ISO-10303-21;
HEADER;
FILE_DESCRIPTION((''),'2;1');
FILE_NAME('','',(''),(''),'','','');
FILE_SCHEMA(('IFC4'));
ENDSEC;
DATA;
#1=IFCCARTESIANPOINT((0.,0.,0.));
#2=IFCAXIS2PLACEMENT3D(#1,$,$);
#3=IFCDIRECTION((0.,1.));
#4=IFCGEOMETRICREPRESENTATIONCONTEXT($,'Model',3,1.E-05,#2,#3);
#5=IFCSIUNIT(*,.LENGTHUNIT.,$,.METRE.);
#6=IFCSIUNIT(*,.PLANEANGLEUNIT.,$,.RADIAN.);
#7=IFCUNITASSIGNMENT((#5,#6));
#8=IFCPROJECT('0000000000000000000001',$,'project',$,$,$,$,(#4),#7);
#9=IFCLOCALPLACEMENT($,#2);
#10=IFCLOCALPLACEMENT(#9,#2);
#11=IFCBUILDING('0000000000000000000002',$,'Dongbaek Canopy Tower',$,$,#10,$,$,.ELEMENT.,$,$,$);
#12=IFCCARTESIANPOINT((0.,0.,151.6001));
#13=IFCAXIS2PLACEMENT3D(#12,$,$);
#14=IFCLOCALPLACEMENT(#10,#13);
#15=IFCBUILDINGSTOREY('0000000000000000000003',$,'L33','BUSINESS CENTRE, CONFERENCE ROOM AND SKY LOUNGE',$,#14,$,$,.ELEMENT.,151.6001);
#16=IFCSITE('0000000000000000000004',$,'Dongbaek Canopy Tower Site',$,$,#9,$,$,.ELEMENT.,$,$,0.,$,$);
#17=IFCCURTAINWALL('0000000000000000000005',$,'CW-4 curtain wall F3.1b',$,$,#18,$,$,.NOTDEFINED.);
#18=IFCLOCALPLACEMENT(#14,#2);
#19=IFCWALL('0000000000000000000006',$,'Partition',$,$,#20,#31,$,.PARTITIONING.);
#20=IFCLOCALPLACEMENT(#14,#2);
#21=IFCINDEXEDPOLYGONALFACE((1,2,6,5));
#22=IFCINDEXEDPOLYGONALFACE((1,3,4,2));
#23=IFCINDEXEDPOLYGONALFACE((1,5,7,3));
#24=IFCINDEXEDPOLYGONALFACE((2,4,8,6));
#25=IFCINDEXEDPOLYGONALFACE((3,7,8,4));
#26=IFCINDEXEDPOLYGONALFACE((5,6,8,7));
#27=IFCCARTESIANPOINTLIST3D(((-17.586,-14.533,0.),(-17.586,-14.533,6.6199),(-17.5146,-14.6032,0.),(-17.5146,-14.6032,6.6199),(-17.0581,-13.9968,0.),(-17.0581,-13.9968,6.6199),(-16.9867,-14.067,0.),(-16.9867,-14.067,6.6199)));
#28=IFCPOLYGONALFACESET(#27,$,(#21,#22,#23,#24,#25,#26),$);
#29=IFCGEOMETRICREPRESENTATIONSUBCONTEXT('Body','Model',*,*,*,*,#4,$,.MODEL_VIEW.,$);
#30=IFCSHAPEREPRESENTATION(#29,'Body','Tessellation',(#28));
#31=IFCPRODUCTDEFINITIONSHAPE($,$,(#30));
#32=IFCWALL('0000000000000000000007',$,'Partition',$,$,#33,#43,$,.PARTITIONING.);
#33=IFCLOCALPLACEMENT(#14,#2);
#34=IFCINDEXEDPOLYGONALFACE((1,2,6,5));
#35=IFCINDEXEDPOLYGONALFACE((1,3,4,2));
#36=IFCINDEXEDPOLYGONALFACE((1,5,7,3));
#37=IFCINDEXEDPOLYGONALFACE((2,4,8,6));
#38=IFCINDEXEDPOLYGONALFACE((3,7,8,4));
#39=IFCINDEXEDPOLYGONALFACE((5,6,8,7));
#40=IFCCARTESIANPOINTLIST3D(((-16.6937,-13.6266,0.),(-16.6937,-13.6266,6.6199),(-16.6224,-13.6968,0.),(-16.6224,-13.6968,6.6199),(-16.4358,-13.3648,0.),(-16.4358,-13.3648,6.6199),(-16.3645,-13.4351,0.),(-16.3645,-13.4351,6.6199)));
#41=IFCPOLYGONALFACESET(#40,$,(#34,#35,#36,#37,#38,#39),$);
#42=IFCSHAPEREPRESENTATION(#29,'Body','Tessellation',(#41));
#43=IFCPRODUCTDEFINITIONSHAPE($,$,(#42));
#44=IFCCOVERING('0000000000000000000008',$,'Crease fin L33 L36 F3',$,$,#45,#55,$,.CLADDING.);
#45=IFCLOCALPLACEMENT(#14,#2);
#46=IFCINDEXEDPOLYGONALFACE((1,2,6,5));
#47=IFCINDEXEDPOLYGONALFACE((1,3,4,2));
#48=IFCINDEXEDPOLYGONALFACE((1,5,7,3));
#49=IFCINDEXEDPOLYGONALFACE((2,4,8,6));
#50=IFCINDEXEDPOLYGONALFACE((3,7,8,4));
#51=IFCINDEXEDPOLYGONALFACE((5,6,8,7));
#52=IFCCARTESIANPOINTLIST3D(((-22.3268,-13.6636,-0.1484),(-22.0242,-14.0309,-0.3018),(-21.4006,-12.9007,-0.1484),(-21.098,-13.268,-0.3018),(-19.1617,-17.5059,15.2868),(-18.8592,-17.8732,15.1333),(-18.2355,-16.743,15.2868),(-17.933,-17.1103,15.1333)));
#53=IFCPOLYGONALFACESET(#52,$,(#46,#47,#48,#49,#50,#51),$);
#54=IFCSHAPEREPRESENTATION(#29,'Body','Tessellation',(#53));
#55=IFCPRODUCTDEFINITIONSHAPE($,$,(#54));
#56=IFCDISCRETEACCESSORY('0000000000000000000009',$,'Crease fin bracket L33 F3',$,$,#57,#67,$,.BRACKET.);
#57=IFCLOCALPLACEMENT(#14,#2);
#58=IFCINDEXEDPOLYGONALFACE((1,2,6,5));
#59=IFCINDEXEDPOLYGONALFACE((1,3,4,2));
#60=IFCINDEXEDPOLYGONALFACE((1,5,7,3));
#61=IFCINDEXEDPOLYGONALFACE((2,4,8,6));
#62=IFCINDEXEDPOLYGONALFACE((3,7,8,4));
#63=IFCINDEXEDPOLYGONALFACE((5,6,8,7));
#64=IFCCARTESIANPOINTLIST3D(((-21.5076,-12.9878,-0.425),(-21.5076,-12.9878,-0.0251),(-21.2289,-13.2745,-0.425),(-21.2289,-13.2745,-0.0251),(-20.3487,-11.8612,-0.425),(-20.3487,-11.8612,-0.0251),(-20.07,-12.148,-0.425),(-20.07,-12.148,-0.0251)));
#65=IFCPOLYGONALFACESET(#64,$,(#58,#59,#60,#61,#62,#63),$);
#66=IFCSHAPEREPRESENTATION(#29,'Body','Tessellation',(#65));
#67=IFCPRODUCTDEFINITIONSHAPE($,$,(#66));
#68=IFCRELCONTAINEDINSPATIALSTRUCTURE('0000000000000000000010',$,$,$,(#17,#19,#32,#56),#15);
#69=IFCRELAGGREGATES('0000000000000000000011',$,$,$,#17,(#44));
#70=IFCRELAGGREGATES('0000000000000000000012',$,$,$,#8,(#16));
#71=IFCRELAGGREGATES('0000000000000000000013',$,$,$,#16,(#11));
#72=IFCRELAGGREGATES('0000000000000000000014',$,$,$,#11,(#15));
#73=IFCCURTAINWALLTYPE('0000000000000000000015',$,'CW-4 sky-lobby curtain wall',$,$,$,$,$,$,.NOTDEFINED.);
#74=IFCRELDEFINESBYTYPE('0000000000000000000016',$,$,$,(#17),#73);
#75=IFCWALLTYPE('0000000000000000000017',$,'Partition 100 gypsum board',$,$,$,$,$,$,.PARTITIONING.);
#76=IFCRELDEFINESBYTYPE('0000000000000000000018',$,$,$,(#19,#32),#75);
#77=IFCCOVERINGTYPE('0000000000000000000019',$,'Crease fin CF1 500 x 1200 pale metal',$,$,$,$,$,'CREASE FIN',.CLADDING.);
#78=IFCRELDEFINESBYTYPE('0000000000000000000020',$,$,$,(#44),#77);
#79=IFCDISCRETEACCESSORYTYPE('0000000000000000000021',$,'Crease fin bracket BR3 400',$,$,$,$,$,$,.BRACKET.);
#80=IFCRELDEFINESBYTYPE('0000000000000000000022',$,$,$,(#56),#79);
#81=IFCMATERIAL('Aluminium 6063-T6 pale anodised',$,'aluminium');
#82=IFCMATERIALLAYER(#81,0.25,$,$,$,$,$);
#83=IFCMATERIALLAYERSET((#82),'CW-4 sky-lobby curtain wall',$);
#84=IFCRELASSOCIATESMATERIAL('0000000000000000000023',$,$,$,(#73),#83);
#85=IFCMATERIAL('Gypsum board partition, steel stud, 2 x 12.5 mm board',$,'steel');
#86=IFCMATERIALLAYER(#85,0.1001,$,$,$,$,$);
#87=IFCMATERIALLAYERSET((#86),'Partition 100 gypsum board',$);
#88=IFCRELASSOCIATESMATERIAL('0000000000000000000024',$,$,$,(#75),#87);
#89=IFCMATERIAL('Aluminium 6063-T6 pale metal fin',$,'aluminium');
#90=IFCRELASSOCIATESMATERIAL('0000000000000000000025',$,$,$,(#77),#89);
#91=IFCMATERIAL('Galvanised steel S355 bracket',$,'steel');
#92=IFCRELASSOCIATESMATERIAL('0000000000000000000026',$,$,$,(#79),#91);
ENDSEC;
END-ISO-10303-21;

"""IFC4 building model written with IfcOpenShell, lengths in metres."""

from ifc_helpers import new_model, si_unit, direction, frame, frame_2d, origin, origin_2d, place, context, subcontext, project, spatial, rectangle, extrude, material, layer, layer_set, material_profile, profile_set, type_object, element, aggregate, save


model = new_model("IFC4")

# Units and contexts
model_context = context("Model", 3, precision=1e-05, world=origin(), true_north=direction((0.0, 1.0)))
body_context = subcontext(model_context, "Body", "Model", "MODEL_VIEW")
ifc_project = project(units=[si_unit("LENGTHUNIT", "METRE"), si_unit("PLANEANGLEUNIT", "RADIAN")], contexts=[model_context])

# Site, building, storey
site_placement = place(None, origin())
site = spatial("IfcSite", under=ifc_project, at=site_placement, Name="Dongbaek Canopy Tower Site", CompositionType="ELEMENT", RefElevation=0.0)
building_placement = place(site_placement, origin())
building = spatial("IfcBuilding", under=site, at=building_placement, Name="Dongbaek Canopy Tower", CompositionType="ELEMENT")
storey_placement = place(building_placement, frame((0.0, 0.0, 151.6001)))
storey = spatial("IfcBuildingStorey", under=building, at=storey_placement, Name="L33", Description="BUSINESS CENTRE, CONFERENCE ROOM AND SKY LOUNGE", CompositionType="ELEMENT", Elevation=151.6001)

# Shared definitions
ifc_material_1 = material(Name="Aluminium 6063-T6 pale anodised", Category="aluminium")
ifc_layer_1 = layer(ifc_material_1, 0.25)
ifc_layer_set_1 = layer_set([ifc_layer_1], Name="CW-4 sky-lobby curtain wall")
curtain_wall_type = type_object("IfcCurtainWallType", Name="CW-4 sky-lobby curtain wall", PredefinedType="NOTDEFINED", material=ifc_layer_set_1)

# Curtain wall
curtain_wall_1_placement = place(storey_placement, origin())
curtain_wall_1 = element("IfcCurtainWall", 1, at=curtain_wall_1_placement, inside=storey, type_object=curtain_wall_type, Name="CW-4 curtain wall F3.1b", PredefinedType="NOTDEFINED")

# Walls
ifc_material_2 = material(Name="Gypsum board partition, steel stud, 2 x 12.5 mm board", Category="steel")
ifc_layer_2 = layer(ifc_material_2, 0.1001)
ifc_layer_set_2 = layer_set([ifc_layer_2], Name="Partition 100 gypsum board")
wall_type_1 = type_object("IfcWallType", Name="Partition 100 gypsum board", PredefinedType="PARTITIONING", material=ifc_layer_set_2)
wall_1_placement = place(storey_placement, frame((-17.5503, -14.5681, 0.0), z_axis=(0.0, 0.0, 1.0), x_axis=(0.701569, 0.712602, 0.0)))
element("IfcWall", 2, at=wall_1_placement, inside=storey, type_object=wall_type_1, Name="Partition", PredefinedType="PARTITIONING", context=body_context, shape_type="SweptSolid", body=[
    extrude(rectangle(XDim=0.7524, YDim=0.1001, at=frame_2d((0.3762, 0.0))), origin(), (0.0, 0.0, 1.0), 6.6199),
])
wall_2_placement = place(storey_placement, frame((-16.658, -13.6616, 0.0), z_axis=(0.0, 0.0, 1.0), x_axis=(0.70177, 0.712403, 0.0)))
element("IfcWall", 3, at=wall_2_placement, inside=storey, type_object=wall_type_1, Name="Partition", PredefinedType="PARTITIONING", context=body_context, shape_type="SweptSolid", body=[
    extrude(rectangle(XDim=0.3674, YDim=0.1001, at=frame_2d((0.1836, 0.0))), origin(), (0.0, 0.0, 1.0), 6.6199),
])

# Covering
ifc_material_3 = material(Name="Aluminium 6063-T6 pale metal fin", Category="aluminium")
ifc_material_profile_1 = material_profile(ifc_material_3, rectangle(XDim=1.2, YDim=0.5, at=origin_2d()), Name="Crease fin CF1 500 x 1200 pale metal")
ifc_profile_set_1 = profile_set([ifc_material_profile_1], Name="Aluminium 6063-T6 pale metal fin")
covering_type = type_object("IfcCoveringType", Name="Crease fin CF1 500 x 1200 pale metal", ElementType="CREASE FIN", PredefinedType="CLADDING", material=ifc_profile_set_1)
covering_placement = place(storey_placement, frame((-21.7124, -13.4658, -0.2251), z_axis=(0.195157, -0.236916, 0.951727), x_axis=(0.771851, 0.635804, 0.0)))
covering = element("IfcCovering", 4, at=covering_placement, type_object=covering_type, Name="Crease fin L33 L36 F3", PredefinedType="CLADDING", context=body_context, shape_type="SweptSolid", body=[
    extrude(rectangle(XDim=1.2, YDim=0.5, at=origin_2d()), origin(), (0.0, 0.0, 1.0), 16.218),
])
aggregate(curtain_wall_1, [covering])

# Discrete accessory
ifc_material_4 = material(Name="Galvanised steel S355 bracket", Category="steel")
discrete_accessory_type = type_object("IfcDiscreteAccessoryType", Name="Crease fin bracket BR3 400", PredefinedType="BRACKET", material=ifc_material_4)
discrete_accessory_placement = place(storey_placement, frame((-20.7888, -12.5679, -0.425), z_axis=(0.0, 0.0, 1.0), x_axis=(-0.717057, -0.697015, 0.0)))
element("IfcDiscreteAccessory", 5, at=discrete_accessory_placement, inside=storey, type_object=discrete_accessory_type, Name="Crease fin bracket L33 F3", PredefinedType="BRACKET", context=body_context, shape_type="SweptSolid", body=[
    extrude(rectangle(XDim=1.6162, YDim=0.3999, at=origin_2d()), origin(), (0.0, 0.0, 1.0), 0.3999),
])

save(model, "model.ifc")
